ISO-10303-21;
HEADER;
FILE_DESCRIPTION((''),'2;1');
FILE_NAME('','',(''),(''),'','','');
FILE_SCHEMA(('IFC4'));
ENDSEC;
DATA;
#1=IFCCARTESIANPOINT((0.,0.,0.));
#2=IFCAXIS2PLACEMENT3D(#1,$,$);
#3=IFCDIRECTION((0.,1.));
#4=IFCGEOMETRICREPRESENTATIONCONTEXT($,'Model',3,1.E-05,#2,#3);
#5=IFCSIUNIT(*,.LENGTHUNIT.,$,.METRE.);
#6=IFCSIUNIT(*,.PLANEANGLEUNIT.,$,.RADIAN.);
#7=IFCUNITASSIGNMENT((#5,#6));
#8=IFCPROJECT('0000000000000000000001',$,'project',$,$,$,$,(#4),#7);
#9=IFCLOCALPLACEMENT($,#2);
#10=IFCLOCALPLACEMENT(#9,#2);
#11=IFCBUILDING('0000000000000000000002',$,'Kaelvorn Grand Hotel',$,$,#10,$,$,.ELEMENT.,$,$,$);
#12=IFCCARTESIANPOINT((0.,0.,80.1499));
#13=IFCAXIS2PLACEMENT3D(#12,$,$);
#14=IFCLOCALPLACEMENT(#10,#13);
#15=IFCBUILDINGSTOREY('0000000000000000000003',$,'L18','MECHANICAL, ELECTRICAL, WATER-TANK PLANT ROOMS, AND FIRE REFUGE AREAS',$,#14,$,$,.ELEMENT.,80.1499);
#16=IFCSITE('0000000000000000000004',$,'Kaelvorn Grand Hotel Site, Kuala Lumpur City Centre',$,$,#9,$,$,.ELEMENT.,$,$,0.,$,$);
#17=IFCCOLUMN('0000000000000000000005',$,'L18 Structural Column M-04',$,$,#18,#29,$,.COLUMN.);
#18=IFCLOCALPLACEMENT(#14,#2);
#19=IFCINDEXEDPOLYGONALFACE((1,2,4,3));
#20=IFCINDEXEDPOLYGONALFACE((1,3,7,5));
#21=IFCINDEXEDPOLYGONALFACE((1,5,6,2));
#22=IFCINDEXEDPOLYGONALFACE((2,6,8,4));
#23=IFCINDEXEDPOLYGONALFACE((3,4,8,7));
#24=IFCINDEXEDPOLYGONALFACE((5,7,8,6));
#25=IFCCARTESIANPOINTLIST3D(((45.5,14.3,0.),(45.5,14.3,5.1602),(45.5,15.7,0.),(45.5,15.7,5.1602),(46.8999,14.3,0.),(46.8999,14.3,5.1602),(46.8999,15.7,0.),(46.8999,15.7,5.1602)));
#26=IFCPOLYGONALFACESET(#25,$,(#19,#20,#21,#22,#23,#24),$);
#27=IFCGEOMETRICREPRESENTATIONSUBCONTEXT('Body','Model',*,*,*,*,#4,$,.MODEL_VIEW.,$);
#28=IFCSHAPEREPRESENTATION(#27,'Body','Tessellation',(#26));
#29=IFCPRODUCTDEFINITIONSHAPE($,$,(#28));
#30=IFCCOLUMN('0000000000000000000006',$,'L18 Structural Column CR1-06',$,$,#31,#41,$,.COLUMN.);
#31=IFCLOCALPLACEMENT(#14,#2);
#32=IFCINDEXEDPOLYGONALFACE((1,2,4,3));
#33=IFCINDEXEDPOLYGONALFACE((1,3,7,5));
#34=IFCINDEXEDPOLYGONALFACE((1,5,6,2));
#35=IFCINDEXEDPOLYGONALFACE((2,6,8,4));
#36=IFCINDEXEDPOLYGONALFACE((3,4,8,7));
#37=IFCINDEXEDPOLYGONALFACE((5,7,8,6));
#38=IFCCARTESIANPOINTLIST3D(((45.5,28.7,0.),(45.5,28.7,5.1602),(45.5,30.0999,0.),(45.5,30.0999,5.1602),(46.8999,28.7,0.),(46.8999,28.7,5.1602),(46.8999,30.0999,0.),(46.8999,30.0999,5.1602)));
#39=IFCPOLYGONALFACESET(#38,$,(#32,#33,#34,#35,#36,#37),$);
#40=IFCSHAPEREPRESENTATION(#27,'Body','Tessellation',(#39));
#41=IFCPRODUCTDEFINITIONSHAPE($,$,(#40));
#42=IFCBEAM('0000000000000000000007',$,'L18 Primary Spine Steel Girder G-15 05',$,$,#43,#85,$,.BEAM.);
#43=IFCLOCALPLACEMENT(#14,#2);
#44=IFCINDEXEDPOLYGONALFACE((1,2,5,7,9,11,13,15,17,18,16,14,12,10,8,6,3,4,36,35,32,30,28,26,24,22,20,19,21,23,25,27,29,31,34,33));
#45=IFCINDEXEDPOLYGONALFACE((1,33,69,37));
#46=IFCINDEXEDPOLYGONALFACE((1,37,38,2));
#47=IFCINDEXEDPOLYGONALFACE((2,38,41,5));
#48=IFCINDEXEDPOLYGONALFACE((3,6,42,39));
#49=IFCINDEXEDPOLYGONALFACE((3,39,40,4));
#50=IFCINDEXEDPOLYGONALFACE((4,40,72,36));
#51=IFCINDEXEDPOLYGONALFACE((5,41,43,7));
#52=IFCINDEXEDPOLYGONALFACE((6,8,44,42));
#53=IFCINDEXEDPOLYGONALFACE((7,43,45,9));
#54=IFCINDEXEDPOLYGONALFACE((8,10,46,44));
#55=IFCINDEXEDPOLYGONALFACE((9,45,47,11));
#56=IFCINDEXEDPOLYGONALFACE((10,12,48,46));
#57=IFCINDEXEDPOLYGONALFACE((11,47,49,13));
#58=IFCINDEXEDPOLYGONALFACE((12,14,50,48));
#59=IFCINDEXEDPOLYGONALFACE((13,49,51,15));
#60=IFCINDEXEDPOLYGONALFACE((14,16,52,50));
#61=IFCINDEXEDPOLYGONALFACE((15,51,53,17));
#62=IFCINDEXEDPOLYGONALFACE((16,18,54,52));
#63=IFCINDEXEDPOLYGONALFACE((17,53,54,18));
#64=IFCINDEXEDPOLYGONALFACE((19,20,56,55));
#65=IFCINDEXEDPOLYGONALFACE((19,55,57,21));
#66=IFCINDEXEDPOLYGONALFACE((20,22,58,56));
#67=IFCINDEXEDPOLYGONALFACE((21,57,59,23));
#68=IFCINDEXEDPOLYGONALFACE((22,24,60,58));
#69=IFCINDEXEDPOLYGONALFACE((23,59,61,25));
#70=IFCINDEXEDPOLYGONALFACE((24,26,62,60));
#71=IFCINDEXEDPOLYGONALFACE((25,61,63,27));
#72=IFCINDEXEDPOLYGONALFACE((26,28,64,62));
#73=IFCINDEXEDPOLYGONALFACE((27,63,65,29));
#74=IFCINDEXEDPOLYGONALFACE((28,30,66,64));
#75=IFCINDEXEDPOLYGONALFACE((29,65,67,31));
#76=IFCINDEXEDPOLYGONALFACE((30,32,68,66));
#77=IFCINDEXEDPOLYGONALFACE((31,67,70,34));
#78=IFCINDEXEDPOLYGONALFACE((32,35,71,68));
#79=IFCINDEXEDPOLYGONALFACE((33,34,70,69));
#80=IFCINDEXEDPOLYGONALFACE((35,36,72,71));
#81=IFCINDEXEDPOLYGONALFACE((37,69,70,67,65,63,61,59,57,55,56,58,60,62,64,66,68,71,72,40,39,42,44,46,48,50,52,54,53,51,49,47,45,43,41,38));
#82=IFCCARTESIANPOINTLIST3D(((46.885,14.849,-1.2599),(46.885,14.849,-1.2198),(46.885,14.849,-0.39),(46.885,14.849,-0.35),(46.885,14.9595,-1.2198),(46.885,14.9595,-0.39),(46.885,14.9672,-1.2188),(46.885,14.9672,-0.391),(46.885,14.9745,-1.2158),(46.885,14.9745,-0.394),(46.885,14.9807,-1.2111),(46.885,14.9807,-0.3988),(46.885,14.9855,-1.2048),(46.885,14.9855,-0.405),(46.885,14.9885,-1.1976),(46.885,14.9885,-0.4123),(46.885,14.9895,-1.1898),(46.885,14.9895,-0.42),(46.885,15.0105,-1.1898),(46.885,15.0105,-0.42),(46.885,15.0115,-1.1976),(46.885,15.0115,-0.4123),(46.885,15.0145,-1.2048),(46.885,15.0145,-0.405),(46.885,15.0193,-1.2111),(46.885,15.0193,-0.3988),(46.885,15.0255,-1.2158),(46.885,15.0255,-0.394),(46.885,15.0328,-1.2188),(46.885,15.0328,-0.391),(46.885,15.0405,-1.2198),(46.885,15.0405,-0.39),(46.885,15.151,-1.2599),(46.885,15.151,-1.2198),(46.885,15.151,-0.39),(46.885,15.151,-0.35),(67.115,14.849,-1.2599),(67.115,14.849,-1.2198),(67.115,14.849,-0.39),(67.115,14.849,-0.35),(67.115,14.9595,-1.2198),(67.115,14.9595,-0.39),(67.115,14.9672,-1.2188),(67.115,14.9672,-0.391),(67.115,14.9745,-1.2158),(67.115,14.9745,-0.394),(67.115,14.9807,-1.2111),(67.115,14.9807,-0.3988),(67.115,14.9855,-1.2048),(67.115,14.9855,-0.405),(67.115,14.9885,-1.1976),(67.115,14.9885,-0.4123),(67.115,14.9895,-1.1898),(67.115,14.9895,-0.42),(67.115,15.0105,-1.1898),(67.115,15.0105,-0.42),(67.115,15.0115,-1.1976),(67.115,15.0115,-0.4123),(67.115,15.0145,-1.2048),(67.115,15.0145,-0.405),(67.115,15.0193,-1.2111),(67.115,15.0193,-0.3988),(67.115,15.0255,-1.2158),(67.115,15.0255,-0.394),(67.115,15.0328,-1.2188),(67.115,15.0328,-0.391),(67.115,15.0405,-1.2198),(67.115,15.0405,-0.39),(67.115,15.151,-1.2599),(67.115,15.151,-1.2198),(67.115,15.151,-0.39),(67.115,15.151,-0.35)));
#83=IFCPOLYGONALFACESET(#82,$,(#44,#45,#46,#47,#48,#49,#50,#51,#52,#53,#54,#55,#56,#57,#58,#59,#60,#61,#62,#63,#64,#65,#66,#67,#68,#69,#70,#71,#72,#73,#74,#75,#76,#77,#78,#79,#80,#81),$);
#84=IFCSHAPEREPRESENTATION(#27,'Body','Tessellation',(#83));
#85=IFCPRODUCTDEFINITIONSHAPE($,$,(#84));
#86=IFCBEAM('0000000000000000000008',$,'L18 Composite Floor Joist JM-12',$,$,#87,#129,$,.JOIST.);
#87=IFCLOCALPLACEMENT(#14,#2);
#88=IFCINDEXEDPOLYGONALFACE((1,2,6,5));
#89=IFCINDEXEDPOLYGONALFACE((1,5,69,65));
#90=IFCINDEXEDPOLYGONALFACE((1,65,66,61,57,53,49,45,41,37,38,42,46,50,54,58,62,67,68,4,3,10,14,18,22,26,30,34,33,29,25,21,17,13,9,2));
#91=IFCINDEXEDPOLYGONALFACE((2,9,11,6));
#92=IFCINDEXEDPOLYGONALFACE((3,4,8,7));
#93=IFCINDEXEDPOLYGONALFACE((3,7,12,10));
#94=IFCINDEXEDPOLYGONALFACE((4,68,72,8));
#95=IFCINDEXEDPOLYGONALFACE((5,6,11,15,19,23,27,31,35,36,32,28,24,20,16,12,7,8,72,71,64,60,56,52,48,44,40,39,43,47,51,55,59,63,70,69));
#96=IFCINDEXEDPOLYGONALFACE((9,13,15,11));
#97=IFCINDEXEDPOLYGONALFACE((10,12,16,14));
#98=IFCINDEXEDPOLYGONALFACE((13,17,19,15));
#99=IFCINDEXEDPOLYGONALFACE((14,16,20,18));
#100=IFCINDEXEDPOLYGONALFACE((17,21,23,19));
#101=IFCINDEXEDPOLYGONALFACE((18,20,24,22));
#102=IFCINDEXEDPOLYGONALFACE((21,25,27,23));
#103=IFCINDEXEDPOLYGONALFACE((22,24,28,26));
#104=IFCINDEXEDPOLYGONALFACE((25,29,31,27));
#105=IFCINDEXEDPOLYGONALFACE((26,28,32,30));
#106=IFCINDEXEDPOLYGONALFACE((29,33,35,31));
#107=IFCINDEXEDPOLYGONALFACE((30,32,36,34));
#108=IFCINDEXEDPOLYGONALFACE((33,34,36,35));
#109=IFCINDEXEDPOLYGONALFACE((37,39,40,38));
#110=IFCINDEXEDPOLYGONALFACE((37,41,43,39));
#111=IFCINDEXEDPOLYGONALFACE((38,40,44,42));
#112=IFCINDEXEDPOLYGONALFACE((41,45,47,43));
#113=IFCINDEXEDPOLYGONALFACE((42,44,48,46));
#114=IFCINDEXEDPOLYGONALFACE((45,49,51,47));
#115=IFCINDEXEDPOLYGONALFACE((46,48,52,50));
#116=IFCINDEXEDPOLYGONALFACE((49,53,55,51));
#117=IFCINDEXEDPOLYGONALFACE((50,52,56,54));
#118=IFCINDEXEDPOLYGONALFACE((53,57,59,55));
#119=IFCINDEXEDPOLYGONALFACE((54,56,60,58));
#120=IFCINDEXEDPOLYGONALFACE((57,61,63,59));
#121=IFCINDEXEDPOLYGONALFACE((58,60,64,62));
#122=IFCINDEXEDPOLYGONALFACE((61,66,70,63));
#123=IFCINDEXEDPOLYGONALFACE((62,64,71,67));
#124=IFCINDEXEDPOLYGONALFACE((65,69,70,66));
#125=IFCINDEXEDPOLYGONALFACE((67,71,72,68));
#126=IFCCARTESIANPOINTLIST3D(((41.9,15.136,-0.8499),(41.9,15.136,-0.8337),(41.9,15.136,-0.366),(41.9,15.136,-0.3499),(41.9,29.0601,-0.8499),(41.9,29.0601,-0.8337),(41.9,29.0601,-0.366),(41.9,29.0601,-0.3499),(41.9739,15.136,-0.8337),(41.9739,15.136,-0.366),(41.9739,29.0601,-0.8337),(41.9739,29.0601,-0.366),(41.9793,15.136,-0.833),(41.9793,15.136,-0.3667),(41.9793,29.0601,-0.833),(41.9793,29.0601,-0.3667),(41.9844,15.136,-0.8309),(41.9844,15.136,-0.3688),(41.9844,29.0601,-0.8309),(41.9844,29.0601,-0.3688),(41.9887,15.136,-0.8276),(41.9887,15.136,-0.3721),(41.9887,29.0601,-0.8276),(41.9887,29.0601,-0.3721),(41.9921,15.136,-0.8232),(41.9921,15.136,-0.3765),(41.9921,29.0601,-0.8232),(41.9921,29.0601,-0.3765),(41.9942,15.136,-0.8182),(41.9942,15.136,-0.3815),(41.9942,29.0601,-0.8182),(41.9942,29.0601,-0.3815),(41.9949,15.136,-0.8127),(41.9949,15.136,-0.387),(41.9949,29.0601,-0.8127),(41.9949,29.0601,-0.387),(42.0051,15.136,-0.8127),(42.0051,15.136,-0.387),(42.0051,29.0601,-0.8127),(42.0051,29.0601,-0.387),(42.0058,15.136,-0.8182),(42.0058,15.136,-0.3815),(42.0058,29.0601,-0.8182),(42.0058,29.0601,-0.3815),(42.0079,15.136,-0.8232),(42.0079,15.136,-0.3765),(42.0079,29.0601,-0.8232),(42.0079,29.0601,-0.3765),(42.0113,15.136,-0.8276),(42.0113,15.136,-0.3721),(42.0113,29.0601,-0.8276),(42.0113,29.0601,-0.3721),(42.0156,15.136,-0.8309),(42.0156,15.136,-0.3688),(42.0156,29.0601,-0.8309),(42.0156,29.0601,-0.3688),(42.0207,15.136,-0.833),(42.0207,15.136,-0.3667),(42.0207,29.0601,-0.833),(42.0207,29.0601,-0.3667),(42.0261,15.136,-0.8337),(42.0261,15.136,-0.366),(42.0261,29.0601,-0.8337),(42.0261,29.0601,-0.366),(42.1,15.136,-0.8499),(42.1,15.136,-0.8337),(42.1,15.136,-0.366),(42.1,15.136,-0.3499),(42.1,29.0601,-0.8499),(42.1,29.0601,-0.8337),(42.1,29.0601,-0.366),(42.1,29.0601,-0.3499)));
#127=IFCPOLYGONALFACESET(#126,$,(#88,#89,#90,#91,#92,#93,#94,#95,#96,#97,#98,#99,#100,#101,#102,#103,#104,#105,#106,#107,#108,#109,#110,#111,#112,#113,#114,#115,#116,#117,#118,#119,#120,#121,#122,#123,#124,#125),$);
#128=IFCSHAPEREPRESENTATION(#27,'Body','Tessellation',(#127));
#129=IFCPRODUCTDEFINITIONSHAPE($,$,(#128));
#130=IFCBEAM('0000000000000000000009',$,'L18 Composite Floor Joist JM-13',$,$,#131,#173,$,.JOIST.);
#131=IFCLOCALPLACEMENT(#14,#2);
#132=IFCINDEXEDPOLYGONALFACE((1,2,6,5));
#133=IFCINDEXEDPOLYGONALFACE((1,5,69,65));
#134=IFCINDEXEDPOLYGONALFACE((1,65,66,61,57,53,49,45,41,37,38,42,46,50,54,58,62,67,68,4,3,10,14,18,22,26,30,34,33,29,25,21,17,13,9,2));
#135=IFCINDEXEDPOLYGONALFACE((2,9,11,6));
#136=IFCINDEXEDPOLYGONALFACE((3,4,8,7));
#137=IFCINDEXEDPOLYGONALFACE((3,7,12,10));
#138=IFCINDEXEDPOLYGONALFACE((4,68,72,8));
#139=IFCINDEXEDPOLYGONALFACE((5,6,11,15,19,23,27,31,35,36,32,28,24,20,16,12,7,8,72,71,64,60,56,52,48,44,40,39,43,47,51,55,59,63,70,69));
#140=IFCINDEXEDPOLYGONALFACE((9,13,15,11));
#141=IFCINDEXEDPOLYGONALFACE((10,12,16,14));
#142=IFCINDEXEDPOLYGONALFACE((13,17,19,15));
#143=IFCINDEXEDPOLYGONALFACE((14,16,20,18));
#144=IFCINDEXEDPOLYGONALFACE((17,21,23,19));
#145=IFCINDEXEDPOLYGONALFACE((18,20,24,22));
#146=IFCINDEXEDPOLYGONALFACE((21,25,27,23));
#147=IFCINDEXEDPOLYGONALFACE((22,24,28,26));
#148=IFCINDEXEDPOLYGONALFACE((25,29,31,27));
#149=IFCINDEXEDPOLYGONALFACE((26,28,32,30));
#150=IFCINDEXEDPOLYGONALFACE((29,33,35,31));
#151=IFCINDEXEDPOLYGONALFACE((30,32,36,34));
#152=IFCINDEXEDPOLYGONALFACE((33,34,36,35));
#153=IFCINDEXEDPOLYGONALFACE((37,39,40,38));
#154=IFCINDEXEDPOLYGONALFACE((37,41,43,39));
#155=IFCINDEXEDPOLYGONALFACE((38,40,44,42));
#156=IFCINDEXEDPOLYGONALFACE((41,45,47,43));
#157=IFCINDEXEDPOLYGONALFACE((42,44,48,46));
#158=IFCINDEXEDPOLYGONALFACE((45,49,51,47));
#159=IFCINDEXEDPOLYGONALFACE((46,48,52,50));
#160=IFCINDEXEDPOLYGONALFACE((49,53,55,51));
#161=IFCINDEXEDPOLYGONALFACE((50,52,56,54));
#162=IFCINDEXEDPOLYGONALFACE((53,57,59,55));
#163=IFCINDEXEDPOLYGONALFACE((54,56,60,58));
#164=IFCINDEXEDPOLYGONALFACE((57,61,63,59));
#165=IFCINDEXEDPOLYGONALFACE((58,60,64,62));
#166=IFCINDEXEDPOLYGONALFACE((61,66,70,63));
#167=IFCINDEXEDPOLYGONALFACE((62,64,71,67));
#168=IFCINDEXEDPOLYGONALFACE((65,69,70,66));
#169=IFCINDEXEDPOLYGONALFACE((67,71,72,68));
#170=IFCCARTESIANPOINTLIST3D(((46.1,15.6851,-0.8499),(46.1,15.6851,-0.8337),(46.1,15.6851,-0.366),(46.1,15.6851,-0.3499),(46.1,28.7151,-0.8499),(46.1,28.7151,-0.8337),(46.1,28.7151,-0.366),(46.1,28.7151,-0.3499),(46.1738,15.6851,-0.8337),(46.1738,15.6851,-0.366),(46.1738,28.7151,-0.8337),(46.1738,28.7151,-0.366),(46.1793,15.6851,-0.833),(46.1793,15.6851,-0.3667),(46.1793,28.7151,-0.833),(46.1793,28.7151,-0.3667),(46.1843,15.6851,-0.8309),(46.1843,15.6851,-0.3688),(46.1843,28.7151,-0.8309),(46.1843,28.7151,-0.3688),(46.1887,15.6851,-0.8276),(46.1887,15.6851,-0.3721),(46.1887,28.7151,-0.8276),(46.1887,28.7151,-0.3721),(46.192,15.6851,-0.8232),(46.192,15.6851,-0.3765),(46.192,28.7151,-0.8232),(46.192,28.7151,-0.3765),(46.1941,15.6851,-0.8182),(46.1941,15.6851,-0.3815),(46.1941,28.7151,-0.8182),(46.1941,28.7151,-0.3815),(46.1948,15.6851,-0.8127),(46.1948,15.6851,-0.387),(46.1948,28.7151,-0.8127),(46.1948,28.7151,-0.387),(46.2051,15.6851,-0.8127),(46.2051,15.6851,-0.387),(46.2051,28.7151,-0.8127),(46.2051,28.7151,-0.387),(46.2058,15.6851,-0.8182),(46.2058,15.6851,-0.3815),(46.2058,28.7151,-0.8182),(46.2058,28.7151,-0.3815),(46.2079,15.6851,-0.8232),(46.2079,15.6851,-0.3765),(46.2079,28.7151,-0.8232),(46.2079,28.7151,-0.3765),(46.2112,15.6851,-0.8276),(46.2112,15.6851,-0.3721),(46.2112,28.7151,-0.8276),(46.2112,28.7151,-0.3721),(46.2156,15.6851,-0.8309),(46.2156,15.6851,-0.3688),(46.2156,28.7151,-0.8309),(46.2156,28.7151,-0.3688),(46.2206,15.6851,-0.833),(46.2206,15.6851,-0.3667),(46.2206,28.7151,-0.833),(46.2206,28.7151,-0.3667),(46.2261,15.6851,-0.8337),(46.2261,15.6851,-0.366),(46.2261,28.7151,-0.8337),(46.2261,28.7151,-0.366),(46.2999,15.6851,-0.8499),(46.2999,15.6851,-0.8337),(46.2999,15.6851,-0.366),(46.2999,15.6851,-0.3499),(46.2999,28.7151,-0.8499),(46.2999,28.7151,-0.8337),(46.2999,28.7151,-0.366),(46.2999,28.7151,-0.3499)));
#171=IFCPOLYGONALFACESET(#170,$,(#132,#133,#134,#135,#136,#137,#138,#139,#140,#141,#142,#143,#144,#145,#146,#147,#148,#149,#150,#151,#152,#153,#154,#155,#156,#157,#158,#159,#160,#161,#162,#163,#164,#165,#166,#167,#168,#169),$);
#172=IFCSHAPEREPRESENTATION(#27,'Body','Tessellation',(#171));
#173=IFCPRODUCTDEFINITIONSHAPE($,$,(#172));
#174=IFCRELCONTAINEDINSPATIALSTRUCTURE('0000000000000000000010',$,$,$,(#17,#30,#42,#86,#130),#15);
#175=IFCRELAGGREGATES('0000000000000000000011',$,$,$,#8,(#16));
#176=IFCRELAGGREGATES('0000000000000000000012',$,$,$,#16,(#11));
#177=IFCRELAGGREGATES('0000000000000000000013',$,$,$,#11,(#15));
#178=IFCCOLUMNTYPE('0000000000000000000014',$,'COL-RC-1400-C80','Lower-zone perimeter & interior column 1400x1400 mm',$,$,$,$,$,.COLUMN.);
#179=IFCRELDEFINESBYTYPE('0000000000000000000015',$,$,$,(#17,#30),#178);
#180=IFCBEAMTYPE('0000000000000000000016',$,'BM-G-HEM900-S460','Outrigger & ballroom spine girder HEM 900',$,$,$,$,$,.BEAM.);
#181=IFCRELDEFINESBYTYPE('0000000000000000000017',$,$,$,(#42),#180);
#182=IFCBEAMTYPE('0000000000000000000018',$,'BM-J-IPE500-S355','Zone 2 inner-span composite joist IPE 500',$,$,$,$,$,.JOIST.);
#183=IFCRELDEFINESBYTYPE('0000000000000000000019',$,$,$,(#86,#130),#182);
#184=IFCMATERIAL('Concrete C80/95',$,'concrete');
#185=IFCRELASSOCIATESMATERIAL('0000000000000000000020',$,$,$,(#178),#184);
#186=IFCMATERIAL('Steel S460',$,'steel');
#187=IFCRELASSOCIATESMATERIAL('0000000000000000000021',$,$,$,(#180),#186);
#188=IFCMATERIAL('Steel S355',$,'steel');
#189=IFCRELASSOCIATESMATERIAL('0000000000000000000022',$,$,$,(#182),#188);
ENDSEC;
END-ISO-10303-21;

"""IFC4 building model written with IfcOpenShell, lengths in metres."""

from ifc_helpers import new_model, si_unit, direction, frame, origin, origin_2d, place, context, subcontext, project, spatial, rectangle, i_section, extrude, material, material_profile, profile_set, type_object, element, save


model = new_model("IFC4")

# Units and contexts
model_context = context("Model", 3, precision=1e-05, world=origin(), true_north=direction((0.0, 1.0)))
body_context = subcontext(model_context, "Body", "Model", "MODEL_VIEW")
ifc_project = project(units=[si_unit("LENGTHUNIT", "METRE"), si_unit("PLANEANGLEUNIT", "RADIAN")], contexts=[model_context])

# Site, building, storey
site_placement = place(None, origin())
site = spatial("IfcSite", under=ifc_project, at=site_placement, Name="Kaelvorn Grand Hotel Site, Kuala Lumpur City Centre", CompositionType="ELEMENT", RefElevation=0.0)
building_placement = place(site_placement, origin())
building = spatial("IfcBuilding", under=site, at=building_placement, Name="Kaelvorn Grand Hotel", CompositionType="ELEMENT")
storey_placement = place(building_placement, frame((0.0, 0.0, 80.1499)))
storey = spatial("IfcBuildingStorey", under=building, at=storey_placement, Name="L18", Description="MECHANICAL, ELECTRICAL, WATER-TANK PLANT ROOMS, AND FIRE REFUGE AREAS", CompositionType="ELEMENT", Elevation=80.1499)

# Columns
ifc_material_1 = material(Name="Concrete C80/95", Category="concrete")
ifc_material_profile_1 = material_profile(ifc_material_1, rectangle(XDim=1.3999, YDim=1.3999, at=origin_2d()), Name="RC COL 1400x1400")
ifc_profile_set_1 = profile_set([ifc_material_profile_1], Name="Concrete C80/95")
column_type = type_object("IfcColumnType", Name="COL-RC-1400-C80", Description="Lower-zone perimeter & interior column 1400x1400 mm", PredefinedType="COLUMN", material=ifc_profile_set_1)
for number, where, z_axis, x_axis, name in (
    (1, (46.2, 15.0, 0.0), (0.0, 0.0, 1.0), (1.0, 0.0, 0.0), "L18 Structural Column M-04"),
    (2, (46.2, 29.3999, 0.0), (0.0, 0.0, 1.0), (1.0, 0.0, 0.0), "L18 Structural Column CR1-06"),
):
    element("IfcColumn", number, at=place(storey_placement, frame(where, z_axis=z_axis, x_axis=x_axis)), inside=storey, type_object=column_type, Name=name, PredefinedType="COLUMN", context=body_context, shape_type="SweptSolid", body=[
        extrude(rectangle(XDim=1.3999, YDim=1.3999, at=origin_2d()), origin(), (0.0, 0.0, 1.0), 5.1602),
    ])

# Beams
ifc_material_2 = material(Name="Steel S460", Category="steel")
ifc_material_profile_2 = material_profile(ifc_material_2, i_section(OverallWidth=0.302, OverallDepth=0.9099, WebThickness=0.021, FlangeThickness=0.04, FilletRadius=0.03, at=origin_2d()), Name="HEM 900")
ifc_profile_set_2 = profile_set([ifc_material_profile_2], Name="Steel S460")
beam_type_1 = type_object("IfcBeamType", Name="BM-G-HEM900-S460", Description="Outrigger & ballroom spine girder HEM 900", PredefinedType="BEAM", material=ifc_profile_set_2)
beam_1_placement = place(storey_placement, frame((46.885, 15.0, -0.8049), z_axis=(1.0, 0.0, 0.0), x_axis=(0.0, 1.0, 0.0)))
element("IfcBeam", 3, at=beam_1_placement, inside=storey, type_object=beam_type_1, Name="L18 Primary Spine Steel Girder G-15 05", PredefinedType="BEAM", context=body_context, shape_type="SweptSolid", body=[
    extrude(i_section(OverallWidth=0.302, OverallDepth=0.9099, WebThickness=0.021, FlangeThickness=0.04, FilletRadius=0.03, at=origin_2d()), origin(), (0.0, 0.0, 1.0), 20.23),
])
ifc_material_3 = material(Name="Steel S355", Category="steel")
ifc_material_profile_3 = material_profile(ifc_material_3, i_section(OverallWidth=0.2, OverallDepth=0.5, WebThickness=0.0103, FlangeThickness=0.0161, FilletRadius=0.021, at=origin_2d()), Name="IPE 500")
ifc_profile_set_3 = profile_set([ifc_material_profile_3], Name="Steel S355")
beam_type_2 = type_object("IfcBeamType", Name="BM-J-IPE500-S355", Description="Zone 2 inner-span composite joist IPE 500", PredefinedType="JOIST", material=ifc_profile_set_3)
beam_2_placement = place(storey_placement, frame((42.0, 15.136, -0.5999), z_axis=(0.0, 1.0, 0.0), x_axis=(-1.0, 0.0, 0.0)))
element("IfcBeam", 4, at=beam_2_placement, inside=storey, type_object=beam_type_2, Name="L18 Composite Floor Joist JM-12", PredefinedType="JOIST", context=body_context, shape_type="SweptSolid", body=[
    extrude(i_section(OverallWidth=0.2, OverallDepth=0.5, WebThickness=0.0103, FlangeThickness=0.0161, FilletRadius=0.021, at=origin_2d()), origin(), (0.0, 0.0, 1.0), 13.9241),
])
beam_3_placement = place(storey_placement, frame((46.2, 15.6851, -0.5999), z_axis=(0.0, 1.0, 0.0), x_axis=(-1.0, 0.0, 0.0)))
element("IfcBeam", 5, at=beam_3_placement, inside=storey, type_object=beam_type_2, Name="L18 Composite Floor Joist JM-13", PredefinedType="JOIST", context=body_context, shape_type="SweptSolid", body=[
    extrude(i_section(OverallWidth=0.2, OverallDepth=0.5, WebThickness=0.0103, FlangeThickness=0.0161, FilletRadius=0.021, at=origin_2d()), origin(), (0.0, 0.0, 1.0), 13.03),
])

save(model, "model.ifc")
